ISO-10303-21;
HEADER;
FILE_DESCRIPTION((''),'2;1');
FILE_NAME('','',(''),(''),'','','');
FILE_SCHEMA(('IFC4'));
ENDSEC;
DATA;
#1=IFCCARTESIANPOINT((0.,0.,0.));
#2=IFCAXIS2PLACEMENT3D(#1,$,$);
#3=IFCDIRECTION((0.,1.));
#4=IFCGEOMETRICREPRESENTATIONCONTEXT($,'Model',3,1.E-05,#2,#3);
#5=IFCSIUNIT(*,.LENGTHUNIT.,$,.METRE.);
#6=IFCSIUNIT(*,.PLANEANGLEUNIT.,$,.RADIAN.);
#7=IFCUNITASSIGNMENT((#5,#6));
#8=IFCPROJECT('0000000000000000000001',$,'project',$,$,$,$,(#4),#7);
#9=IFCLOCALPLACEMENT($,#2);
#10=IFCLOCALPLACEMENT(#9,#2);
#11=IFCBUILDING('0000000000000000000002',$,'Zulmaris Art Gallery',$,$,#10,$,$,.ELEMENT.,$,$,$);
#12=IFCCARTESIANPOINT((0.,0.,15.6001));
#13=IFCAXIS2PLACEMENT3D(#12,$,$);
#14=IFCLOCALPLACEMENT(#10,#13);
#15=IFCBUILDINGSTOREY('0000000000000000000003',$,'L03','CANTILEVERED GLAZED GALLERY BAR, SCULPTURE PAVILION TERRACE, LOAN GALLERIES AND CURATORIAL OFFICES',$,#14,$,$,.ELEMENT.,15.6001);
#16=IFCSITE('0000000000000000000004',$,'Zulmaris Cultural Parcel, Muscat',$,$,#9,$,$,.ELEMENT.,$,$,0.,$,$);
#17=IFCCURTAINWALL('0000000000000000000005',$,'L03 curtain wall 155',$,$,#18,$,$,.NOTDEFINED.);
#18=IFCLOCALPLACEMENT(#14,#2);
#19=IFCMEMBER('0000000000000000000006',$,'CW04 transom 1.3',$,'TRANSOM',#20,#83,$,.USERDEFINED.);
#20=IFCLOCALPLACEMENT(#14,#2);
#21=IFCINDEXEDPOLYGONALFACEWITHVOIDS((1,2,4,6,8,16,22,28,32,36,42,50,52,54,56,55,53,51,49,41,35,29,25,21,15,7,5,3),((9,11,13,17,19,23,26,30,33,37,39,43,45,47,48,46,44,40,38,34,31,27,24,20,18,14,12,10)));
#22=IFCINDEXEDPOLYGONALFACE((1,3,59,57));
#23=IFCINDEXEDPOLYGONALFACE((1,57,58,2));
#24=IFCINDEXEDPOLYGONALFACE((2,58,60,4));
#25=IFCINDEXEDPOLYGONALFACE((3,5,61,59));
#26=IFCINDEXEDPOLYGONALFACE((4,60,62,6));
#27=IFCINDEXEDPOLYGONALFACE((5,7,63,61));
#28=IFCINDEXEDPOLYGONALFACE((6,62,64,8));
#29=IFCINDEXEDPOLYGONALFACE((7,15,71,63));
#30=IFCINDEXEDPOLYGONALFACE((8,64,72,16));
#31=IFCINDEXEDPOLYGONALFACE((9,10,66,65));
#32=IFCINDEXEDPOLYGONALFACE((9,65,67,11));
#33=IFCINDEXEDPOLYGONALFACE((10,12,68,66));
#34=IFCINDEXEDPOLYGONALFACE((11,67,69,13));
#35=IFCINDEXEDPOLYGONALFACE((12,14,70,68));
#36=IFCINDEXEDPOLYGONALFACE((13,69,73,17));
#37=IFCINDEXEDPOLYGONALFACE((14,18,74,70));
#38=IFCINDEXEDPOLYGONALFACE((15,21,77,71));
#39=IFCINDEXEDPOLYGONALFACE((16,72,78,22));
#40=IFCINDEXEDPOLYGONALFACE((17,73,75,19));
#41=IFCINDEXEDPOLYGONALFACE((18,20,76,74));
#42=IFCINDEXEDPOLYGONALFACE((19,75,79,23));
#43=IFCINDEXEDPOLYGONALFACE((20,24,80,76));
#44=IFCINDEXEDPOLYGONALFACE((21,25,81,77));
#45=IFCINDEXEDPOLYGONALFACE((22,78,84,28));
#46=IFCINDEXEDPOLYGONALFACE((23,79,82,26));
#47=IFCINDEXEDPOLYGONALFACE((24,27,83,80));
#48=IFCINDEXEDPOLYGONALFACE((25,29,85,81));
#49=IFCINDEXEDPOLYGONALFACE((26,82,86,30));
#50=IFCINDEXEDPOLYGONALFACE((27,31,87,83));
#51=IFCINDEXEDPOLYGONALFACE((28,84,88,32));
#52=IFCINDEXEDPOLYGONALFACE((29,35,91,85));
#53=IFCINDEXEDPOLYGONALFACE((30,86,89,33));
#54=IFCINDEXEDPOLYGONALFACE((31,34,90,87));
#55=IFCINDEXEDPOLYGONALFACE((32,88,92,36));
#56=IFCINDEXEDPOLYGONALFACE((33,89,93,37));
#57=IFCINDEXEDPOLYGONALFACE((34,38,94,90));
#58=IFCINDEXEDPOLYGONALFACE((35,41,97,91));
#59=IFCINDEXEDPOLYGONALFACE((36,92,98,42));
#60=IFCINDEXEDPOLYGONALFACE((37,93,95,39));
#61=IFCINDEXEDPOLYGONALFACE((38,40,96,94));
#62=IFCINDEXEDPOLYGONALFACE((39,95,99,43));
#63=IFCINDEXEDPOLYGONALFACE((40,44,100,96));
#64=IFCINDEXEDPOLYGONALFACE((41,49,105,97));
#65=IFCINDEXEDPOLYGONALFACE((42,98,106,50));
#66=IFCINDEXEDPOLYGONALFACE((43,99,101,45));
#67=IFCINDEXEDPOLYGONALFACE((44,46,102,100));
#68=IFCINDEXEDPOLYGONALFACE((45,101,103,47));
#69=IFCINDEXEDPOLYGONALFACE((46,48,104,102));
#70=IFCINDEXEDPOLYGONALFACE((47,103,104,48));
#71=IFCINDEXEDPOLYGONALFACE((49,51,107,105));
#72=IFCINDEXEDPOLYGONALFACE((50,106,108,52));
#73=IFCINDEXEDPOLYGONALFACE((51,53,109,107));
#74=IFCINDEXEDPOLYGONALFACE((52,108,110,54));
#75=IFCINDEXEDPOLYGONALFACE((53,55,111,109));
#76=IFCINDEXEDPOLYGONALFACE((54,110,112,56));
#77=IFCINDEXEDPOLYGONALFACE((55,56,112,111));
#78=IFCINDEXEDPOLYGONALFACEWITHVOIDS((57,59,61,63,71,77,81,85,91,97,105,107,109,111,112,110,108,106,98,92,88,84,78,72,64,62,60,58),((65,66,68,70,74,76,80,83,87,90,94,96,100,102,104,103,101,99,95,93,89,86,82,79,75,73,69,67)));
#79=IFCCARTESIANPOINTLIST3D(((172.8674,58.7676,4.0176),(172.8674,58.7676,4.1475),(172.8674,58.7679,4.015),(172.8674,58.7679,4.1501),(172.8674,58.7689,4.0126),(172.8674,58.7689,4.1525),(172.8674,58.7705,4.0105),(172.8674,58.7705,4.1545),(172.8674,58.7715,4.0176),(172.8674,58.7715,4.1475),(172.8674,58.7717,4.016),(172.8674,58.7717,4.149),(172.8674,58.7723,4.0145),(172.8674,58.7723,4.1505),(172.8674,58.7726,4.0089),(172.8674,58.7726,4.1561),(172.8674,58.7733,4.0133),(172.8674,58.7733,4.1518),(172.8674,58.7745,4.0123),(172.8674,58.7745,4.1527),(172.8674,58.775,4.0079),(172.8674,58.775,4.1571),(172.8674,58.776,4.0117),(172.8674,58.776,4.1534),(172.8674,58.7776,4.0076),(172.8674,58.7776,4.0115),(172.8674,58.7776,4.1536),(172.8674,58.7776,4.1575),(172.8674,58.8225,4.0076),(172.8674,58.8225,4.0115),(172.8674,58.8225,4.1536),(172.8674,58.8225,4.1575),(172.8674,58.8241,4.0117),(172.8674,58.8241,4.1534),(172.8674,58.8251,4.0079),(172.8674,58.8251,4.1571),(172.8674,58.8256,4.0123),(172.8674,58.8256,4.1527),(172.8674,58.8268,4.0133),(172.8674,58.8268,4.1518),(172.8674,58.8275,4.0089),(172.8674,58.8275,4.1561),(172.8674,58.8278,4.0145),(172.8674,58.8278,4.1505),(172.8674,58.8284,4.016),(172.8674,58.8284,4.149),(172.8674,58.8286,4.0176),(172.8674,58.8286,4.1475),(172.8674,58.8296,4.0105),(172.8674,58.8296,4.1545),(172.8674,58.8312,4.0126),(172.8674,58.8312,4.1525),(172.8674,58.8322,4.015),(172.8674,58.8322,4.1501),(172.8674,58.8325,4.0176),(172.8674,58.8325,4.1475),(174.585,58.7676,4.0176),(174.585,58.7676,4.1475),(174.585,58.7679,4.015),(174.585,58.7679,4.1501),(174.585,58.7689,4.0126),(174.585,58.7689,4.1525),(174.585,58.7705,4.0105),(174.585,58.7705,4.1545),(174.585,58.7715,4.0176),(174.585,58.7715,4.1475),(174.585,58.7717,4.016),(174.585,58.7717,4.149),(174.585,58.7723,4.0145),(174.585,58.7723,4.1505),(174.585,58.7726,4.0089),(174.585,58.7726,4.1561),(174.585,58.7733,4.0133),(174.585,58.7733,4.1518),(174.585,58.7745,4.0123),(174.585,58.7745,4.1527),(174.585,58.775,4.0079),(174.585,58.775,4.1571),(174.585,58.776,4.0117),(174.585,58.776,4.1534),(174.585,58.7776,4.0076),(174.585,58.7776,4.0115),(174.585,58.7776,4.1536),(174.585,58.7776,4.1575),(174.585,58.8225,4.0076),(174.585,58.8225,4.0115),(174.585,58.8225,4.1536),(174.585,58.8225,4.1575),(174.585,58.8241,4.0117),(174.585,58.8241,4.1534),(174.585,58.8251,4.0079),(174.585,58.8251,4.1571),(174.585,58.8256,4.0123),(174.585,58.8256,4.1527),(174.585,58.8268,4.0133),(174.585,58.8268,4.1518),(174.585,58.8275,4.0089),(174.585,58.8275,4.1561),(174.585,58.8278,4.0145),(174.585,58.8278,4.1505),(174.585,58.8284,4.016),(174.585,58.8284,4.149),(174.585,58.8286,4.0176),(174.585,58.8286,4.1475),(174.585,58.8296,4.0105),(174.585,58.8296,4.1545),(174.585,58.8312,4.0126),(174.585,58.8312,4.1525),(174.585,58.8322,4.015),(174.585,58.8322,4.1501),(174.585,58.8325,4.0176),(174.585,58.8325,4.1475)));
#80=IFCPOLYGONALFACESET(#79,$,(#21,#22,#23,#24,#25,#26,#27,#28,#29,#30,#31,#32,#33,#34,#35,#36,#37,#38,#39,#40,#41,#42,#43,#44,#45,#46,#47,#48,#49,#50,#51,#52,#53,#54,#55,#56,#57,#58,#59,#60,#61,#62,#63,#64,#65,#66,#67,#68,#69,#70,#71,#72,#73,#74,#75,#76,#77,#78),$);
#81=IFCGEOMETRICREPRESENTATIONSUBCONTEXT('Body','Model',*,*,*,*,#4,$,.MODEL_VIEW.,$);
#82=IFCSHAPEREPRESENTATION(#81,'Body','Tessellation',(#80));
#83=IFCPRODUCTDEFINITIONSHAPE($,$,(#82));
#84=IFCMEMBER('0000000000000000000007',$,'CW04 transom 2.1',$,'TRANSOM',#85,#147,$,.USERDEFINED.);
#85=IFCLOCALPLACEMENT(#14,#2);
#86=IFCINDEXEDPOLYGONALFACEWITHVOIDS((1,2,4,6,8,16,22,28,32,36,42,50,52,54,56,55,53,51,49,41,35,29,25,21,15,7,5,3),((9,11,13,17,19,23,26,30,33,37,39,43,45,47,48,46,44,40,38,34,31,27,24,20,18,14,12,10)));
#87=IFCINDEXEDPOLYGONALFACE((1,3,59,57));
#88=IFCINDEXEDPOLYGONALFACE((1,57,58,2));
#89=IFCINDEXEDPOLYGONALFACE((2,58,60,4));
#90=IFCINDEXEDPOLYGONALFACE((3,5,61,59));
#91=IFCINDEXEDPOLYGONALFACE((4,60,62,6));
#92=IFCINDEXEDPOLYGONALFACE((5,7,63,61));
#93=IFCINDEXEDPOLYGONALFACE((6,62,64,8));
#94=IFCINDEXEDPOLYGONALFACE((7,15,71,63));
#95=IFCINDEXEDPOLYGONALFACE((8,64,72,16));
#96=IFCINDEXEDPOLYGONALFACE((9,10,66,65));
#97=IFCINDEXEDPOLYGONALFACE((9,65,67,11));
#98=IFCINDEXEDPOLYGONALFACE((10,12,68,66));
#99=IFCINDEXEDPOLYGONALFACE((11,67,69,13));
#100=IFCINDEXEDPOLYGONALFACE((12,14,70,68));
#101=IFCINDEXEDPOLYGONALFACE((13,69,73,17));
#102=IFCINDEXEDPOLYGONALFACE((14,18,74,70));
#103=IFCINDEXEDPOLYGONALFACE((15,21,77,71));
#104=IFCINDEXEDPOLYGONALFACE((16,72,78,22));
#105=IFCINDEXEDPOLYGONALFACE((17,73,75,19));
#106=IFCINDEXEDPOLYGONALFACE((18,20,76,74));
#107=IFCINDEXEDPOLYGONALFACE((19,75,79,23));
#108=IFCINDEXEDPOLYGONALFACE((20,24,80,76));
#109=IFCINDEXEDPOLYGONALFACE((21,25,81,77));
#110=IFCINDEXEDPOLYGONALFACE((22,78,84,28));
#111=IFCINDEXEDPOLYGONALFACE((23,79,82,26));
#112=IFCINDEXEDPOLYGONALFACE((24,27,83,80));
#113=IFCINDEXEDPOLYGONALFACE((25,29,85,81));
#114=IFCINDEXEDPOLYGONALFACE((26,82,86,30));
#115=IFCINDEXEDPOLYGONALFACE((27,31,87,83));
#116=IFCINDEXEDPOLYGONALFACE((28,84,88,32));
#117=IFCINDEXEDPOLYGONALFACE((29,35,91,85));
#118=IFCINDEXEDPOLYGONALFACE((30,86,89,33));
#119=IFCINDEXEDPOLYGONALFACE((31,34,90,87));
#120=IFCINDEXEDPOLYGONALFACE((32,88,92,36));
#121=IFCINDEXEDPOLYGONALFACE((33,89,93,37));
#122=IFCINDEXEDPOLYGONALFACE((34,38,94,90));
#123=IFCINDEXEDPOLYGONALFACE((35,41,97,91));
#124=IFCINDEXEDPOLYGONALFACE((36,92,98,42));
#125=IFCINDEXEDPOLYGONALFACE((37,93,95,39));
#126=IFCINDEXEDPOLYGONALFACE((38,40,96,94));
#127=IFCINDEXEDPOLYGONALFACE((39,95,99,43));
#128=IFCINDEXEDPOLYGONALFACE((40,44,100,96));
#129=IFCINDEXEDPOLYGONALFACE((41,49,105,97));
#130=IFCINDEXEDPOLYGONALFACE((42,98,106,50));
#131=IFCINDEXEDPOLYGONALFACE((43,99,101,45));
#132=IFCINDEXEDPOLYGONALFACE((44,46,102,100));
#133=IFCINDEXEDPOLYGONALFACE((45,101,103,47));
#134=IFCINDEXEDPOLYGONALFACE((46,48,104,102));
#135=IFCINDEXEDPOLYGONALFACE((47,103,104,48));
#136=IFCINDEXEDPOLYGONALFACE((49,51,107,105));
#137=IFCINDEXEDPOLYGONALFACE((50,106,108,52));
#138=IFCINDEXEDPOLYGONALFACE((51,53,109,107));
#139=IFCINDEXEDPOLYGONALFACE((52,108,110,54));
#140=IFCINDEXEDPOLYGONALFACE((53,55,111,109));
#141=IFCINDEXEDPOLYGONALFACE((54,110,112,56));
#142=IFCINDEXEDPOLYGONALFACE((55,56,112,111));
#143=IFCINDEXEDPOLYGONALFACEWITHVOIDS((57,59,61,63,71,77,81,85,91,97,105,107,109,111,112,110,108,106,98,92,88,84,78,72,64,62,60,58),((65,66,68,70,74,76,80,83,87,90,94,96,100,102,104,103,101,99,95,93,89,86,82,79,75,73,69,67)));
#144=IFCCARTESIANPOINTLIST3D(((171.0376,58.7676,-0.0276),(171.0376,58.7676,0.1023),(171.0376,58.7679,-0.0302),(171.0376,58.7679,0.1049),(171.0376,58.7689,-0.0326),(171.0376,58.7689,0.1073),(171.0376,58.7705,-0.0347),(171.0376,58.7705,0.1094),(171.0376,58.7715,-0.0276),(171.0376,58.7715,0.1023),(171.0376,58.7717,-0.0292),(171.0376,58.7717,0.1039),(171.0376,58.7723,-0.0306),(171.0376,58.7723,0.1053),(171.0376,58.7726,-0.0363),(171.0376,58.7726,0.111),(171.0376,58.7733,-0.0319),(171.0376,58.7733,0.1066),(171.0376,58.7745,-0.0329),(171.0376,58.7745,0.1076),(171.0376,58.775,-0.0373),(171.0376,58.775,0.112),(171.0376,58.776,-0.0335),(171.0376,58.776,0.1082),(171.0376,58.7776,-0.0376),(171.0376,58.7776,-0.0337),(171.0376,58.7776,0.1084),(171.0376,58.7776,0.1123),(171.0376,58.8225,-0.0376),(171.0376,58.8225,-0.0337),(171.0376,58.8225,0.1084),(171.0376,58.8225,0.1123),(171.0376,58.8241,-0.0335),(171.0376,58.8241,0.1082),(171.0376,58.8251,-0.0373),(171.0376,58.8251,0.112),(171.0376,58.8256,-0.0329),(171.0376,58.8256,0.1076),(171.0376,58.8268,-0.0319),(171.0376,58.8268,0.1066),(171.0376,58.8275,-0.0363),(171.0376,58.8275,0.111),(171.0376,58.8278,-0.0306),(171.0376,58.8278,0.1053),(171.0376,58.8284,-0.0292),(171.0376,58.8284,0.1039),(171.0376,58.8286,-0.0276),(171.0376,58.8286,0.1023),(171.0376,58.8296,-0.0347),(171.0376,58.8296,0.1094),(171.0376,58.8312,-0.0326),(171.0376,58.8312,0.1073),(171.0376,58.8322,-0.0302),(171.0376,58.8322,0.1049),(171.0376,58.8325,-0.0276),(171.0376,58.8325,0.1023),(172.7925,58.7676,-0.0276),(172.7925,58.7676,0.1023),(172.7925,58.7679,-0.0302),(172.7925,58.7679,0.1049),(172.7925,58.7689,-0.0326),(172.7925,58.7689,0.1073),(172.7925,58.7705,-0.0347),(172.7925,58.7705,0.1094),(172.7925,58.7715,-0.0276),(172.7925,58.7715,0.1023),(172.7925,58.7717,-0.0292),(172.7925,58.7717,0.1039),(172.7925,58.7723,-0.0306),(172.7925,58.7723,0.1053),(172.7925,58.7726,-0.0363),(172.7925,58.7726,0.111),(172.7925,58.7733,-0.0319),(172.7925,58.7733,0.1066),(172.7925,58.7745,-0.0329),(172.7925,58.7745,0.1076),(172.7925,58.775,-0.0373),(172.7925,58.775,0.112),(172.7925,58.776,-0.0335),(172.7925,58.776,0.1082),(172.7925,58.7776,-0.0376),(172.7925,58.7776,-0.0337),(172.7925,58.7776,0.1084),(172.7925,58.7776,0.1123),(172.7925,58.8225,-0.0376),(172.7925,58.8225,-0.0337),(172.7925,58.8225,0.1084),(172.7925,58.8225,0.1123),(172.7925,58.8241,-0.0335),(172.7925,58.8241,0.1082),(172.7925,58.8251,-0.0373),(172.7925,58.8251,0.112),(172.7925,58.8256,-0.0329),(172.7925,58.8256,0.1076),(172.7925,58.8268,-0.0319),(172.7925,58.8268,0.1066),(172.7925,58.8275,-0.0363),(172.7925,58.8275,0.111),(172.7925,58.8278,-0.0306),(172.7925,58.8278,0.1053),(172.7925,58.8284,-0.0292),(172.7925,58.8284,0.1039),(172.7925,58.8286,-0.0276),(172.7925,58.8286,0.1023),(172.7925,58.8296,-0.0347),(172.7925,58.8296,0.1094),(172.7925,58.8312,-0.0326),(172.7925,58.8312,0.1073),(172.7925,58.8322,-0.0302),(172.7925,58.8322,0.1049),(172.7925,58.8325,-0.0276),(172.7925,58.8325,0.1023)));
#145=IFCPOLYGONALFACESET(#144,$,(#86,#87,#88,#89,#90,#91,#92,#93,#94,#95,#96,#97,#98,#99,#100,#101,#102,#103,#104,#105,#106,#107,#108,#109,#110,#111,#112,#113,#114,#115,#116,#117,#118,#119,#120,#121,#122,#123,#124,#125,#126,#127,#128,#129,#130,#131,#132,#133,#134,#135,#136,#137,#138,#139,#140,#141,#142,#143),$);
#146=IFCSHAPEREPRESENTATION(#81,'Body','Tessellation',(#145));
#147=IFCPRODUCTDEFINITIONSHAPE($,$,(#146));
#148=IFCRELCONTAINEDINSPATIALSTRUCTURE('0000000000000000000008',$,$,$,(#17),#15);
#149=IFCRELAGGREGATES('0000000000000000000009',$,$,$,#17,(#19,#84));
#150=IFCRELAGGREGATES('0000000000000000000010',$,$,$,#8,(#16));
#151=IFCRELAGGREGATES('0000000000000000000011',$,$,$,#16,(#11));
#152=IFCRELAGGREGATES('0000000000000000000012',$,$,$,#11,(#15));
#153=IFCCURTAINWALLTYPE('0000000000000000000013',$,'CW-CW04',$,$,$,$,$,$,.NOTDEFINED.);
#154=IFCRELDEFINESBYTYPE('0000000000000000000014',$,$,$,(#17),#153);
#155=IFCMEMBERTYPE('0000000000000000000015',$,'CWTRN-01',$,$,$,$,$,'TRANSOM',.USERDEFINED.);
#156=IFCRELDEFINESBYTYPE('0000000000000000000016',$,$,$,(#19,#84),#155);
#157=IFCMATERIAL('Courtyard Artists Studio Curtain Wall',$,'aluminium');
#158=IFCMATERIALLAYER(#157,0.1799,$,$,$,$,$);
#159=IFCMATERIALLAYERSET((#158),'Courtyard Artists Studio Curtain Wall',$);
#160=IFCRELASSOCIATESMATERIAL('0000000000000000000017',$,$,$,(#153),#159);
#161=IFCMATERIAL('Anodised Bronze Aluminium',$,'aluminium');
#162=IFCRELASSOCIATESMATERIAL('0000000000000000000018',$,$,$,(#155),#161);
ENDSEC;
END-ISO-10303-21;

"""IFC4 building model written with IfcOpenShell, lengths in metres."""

from ifc_helpers import new_model, si_unit, direction, frame, origin, origin_2d, place, context, subcontext, project, spatial, hollow_rectangle, extrude, material, layer, layer_set, material_profile, profile_set, type_object, element, aggregate, save


model = new_model("IFC4")

# Units and contexts
model_context = context("Model", 3, precision=1e-05, world=origin(), true_north=direction((0.0, 1.0)))
body_context = subcontext(model_context, "Body", "Model", "MODEL_VIEW")
ifc_project = project(units=[si_unit("LENGTHUNIT", "METRE"), si_unit("PLANEANGLEUNIT", "RADIAN")], contexts=[model_context])

# Site, building, storey
site_placement = place(None, origin())
site = spatial("IfcSite", under=ifc_project, at=site_placement, Name="Zulmaris Cultural Parcel, Muscat", CompositionType="ELEMENT", RefElevation=0.0)
building_placement = place(site_placement, origin())
building = spatial("IfcBuilding", under=site, at=building_placement, Name="Zulmaris Art Gallery", CompositionType="ELEMENT")
storey_placement = place(building_placement, frame((0.0, 0.0, 15.6001)))
storey = spatial("IfcBuildingStorey", under=building, at=storey_placement, Name="L03", Description="CANTILEVERED GLAZED GALLERY BAR, SCULPTURE PAVILION TERRACE, LOAN GALLERIES AND CURATORIAL OFFICES", CompositionType="ELEMENT", Elevation=15.6001)

# Curtain wall
ifc_material_1 = material(Name="Courtyard Artists Studio Curtain Wall", Category="aluminium")
ifc_layer_1 = layer(ifc_material_1, 0.1799)
ifc_layer_set_1 = layer_set([ifc_layer_1], Name="Courtyard Artists Studio Curtain Wall")
curtain_wall_type = type_object("IfcCurtainWallType", Name="CW-CW04", PredefinedType="NOTDEFINED", material=ifc_layer_set_1)
curtain_wall_1_placement = place(storey_placement, origin())
curtain_wall_1 = element("IfcCurtainWall", 1, at=curtain_wall_1_placement, inside=storey, type_object=curtain_wall_type, Name="L03 curtain wall 155", PredefinedType="NOTDEFINED")
ifc_material_2 = material(Name="Anodised Bronze Aluminium", Category="aluminium")

# Members
ifc_material_profile_1 = material_profile(ifc_material_2, hollow_rectangle(XDim=0.0649, YDim=0.1499, WallThickness=0.0039, InnerFilletRadius=0.0061, OuterFilletRadius=0.01, at=origin_2d()), Name="ALU 65x150x4")
ifc_profile_set_1 = profile_set([ifc_material_profile_1], Name="Anodised Bronze Aluminium")
member_type_1 = type_object("IfcMemberType", Name="CWTRN-01", ElementType="TRANSOM", PredefinedType="USERDEFINED", material=ifc_profile_set_1)
member_1_placement = place(storey_placement, frame((174.585, 58.8, 4.0825), z_axis=(-1.0, 0.0, 0.0), x_axis=(0.0, -1.0, 0.0)))
member_1 = element("IfcMember", 2, at=member_1_placement, type_object=member_type_1, Name="CW04 transom 1.3", ObjectType="TRANSOM", PredefinedType="USERDEFINED", context=body_context, shape_type="SweptSolid", body=[
    extrude(hollow_rectangle(XDim=0.0649, YDim=0.1499, WallThickness=0.0039, InnerFilletRadius=0.0061, OuterFilletRadius=0.01, at=origin_2d()), origin(), (0.0, 0.0, 1.0), 1.7175),
])
member_2_placement = place(storey_placement, frame((172.7925, 58.8, 0.0374), z_axis=(-1.0, 0.0, 0.0), x_axis=(0.0, -1.0, 0.0)))
member_2 = element("IfcMember", 3, at=member_2_placement, type_object=member_type_1, Name="CW04 transom 2.1", ObjectType="TRANSOM", PredefinedType="USERDEFINED", context=body_context, shape_type="SweptSolid", body=[
    extrude(hollow_rectangle(XDim=0.0649, YDim=0.1499, WallThickness=0.0039, InnerFilletRadius=0.0061, OuterFilletRadius=0.01, at=origin_2d()), origin(), (0.0, 0.0, 1.0), 1.7549),
])

aggregate(curtain_wall_1, [member_1, member_2])

save(model, "model.ifc")
